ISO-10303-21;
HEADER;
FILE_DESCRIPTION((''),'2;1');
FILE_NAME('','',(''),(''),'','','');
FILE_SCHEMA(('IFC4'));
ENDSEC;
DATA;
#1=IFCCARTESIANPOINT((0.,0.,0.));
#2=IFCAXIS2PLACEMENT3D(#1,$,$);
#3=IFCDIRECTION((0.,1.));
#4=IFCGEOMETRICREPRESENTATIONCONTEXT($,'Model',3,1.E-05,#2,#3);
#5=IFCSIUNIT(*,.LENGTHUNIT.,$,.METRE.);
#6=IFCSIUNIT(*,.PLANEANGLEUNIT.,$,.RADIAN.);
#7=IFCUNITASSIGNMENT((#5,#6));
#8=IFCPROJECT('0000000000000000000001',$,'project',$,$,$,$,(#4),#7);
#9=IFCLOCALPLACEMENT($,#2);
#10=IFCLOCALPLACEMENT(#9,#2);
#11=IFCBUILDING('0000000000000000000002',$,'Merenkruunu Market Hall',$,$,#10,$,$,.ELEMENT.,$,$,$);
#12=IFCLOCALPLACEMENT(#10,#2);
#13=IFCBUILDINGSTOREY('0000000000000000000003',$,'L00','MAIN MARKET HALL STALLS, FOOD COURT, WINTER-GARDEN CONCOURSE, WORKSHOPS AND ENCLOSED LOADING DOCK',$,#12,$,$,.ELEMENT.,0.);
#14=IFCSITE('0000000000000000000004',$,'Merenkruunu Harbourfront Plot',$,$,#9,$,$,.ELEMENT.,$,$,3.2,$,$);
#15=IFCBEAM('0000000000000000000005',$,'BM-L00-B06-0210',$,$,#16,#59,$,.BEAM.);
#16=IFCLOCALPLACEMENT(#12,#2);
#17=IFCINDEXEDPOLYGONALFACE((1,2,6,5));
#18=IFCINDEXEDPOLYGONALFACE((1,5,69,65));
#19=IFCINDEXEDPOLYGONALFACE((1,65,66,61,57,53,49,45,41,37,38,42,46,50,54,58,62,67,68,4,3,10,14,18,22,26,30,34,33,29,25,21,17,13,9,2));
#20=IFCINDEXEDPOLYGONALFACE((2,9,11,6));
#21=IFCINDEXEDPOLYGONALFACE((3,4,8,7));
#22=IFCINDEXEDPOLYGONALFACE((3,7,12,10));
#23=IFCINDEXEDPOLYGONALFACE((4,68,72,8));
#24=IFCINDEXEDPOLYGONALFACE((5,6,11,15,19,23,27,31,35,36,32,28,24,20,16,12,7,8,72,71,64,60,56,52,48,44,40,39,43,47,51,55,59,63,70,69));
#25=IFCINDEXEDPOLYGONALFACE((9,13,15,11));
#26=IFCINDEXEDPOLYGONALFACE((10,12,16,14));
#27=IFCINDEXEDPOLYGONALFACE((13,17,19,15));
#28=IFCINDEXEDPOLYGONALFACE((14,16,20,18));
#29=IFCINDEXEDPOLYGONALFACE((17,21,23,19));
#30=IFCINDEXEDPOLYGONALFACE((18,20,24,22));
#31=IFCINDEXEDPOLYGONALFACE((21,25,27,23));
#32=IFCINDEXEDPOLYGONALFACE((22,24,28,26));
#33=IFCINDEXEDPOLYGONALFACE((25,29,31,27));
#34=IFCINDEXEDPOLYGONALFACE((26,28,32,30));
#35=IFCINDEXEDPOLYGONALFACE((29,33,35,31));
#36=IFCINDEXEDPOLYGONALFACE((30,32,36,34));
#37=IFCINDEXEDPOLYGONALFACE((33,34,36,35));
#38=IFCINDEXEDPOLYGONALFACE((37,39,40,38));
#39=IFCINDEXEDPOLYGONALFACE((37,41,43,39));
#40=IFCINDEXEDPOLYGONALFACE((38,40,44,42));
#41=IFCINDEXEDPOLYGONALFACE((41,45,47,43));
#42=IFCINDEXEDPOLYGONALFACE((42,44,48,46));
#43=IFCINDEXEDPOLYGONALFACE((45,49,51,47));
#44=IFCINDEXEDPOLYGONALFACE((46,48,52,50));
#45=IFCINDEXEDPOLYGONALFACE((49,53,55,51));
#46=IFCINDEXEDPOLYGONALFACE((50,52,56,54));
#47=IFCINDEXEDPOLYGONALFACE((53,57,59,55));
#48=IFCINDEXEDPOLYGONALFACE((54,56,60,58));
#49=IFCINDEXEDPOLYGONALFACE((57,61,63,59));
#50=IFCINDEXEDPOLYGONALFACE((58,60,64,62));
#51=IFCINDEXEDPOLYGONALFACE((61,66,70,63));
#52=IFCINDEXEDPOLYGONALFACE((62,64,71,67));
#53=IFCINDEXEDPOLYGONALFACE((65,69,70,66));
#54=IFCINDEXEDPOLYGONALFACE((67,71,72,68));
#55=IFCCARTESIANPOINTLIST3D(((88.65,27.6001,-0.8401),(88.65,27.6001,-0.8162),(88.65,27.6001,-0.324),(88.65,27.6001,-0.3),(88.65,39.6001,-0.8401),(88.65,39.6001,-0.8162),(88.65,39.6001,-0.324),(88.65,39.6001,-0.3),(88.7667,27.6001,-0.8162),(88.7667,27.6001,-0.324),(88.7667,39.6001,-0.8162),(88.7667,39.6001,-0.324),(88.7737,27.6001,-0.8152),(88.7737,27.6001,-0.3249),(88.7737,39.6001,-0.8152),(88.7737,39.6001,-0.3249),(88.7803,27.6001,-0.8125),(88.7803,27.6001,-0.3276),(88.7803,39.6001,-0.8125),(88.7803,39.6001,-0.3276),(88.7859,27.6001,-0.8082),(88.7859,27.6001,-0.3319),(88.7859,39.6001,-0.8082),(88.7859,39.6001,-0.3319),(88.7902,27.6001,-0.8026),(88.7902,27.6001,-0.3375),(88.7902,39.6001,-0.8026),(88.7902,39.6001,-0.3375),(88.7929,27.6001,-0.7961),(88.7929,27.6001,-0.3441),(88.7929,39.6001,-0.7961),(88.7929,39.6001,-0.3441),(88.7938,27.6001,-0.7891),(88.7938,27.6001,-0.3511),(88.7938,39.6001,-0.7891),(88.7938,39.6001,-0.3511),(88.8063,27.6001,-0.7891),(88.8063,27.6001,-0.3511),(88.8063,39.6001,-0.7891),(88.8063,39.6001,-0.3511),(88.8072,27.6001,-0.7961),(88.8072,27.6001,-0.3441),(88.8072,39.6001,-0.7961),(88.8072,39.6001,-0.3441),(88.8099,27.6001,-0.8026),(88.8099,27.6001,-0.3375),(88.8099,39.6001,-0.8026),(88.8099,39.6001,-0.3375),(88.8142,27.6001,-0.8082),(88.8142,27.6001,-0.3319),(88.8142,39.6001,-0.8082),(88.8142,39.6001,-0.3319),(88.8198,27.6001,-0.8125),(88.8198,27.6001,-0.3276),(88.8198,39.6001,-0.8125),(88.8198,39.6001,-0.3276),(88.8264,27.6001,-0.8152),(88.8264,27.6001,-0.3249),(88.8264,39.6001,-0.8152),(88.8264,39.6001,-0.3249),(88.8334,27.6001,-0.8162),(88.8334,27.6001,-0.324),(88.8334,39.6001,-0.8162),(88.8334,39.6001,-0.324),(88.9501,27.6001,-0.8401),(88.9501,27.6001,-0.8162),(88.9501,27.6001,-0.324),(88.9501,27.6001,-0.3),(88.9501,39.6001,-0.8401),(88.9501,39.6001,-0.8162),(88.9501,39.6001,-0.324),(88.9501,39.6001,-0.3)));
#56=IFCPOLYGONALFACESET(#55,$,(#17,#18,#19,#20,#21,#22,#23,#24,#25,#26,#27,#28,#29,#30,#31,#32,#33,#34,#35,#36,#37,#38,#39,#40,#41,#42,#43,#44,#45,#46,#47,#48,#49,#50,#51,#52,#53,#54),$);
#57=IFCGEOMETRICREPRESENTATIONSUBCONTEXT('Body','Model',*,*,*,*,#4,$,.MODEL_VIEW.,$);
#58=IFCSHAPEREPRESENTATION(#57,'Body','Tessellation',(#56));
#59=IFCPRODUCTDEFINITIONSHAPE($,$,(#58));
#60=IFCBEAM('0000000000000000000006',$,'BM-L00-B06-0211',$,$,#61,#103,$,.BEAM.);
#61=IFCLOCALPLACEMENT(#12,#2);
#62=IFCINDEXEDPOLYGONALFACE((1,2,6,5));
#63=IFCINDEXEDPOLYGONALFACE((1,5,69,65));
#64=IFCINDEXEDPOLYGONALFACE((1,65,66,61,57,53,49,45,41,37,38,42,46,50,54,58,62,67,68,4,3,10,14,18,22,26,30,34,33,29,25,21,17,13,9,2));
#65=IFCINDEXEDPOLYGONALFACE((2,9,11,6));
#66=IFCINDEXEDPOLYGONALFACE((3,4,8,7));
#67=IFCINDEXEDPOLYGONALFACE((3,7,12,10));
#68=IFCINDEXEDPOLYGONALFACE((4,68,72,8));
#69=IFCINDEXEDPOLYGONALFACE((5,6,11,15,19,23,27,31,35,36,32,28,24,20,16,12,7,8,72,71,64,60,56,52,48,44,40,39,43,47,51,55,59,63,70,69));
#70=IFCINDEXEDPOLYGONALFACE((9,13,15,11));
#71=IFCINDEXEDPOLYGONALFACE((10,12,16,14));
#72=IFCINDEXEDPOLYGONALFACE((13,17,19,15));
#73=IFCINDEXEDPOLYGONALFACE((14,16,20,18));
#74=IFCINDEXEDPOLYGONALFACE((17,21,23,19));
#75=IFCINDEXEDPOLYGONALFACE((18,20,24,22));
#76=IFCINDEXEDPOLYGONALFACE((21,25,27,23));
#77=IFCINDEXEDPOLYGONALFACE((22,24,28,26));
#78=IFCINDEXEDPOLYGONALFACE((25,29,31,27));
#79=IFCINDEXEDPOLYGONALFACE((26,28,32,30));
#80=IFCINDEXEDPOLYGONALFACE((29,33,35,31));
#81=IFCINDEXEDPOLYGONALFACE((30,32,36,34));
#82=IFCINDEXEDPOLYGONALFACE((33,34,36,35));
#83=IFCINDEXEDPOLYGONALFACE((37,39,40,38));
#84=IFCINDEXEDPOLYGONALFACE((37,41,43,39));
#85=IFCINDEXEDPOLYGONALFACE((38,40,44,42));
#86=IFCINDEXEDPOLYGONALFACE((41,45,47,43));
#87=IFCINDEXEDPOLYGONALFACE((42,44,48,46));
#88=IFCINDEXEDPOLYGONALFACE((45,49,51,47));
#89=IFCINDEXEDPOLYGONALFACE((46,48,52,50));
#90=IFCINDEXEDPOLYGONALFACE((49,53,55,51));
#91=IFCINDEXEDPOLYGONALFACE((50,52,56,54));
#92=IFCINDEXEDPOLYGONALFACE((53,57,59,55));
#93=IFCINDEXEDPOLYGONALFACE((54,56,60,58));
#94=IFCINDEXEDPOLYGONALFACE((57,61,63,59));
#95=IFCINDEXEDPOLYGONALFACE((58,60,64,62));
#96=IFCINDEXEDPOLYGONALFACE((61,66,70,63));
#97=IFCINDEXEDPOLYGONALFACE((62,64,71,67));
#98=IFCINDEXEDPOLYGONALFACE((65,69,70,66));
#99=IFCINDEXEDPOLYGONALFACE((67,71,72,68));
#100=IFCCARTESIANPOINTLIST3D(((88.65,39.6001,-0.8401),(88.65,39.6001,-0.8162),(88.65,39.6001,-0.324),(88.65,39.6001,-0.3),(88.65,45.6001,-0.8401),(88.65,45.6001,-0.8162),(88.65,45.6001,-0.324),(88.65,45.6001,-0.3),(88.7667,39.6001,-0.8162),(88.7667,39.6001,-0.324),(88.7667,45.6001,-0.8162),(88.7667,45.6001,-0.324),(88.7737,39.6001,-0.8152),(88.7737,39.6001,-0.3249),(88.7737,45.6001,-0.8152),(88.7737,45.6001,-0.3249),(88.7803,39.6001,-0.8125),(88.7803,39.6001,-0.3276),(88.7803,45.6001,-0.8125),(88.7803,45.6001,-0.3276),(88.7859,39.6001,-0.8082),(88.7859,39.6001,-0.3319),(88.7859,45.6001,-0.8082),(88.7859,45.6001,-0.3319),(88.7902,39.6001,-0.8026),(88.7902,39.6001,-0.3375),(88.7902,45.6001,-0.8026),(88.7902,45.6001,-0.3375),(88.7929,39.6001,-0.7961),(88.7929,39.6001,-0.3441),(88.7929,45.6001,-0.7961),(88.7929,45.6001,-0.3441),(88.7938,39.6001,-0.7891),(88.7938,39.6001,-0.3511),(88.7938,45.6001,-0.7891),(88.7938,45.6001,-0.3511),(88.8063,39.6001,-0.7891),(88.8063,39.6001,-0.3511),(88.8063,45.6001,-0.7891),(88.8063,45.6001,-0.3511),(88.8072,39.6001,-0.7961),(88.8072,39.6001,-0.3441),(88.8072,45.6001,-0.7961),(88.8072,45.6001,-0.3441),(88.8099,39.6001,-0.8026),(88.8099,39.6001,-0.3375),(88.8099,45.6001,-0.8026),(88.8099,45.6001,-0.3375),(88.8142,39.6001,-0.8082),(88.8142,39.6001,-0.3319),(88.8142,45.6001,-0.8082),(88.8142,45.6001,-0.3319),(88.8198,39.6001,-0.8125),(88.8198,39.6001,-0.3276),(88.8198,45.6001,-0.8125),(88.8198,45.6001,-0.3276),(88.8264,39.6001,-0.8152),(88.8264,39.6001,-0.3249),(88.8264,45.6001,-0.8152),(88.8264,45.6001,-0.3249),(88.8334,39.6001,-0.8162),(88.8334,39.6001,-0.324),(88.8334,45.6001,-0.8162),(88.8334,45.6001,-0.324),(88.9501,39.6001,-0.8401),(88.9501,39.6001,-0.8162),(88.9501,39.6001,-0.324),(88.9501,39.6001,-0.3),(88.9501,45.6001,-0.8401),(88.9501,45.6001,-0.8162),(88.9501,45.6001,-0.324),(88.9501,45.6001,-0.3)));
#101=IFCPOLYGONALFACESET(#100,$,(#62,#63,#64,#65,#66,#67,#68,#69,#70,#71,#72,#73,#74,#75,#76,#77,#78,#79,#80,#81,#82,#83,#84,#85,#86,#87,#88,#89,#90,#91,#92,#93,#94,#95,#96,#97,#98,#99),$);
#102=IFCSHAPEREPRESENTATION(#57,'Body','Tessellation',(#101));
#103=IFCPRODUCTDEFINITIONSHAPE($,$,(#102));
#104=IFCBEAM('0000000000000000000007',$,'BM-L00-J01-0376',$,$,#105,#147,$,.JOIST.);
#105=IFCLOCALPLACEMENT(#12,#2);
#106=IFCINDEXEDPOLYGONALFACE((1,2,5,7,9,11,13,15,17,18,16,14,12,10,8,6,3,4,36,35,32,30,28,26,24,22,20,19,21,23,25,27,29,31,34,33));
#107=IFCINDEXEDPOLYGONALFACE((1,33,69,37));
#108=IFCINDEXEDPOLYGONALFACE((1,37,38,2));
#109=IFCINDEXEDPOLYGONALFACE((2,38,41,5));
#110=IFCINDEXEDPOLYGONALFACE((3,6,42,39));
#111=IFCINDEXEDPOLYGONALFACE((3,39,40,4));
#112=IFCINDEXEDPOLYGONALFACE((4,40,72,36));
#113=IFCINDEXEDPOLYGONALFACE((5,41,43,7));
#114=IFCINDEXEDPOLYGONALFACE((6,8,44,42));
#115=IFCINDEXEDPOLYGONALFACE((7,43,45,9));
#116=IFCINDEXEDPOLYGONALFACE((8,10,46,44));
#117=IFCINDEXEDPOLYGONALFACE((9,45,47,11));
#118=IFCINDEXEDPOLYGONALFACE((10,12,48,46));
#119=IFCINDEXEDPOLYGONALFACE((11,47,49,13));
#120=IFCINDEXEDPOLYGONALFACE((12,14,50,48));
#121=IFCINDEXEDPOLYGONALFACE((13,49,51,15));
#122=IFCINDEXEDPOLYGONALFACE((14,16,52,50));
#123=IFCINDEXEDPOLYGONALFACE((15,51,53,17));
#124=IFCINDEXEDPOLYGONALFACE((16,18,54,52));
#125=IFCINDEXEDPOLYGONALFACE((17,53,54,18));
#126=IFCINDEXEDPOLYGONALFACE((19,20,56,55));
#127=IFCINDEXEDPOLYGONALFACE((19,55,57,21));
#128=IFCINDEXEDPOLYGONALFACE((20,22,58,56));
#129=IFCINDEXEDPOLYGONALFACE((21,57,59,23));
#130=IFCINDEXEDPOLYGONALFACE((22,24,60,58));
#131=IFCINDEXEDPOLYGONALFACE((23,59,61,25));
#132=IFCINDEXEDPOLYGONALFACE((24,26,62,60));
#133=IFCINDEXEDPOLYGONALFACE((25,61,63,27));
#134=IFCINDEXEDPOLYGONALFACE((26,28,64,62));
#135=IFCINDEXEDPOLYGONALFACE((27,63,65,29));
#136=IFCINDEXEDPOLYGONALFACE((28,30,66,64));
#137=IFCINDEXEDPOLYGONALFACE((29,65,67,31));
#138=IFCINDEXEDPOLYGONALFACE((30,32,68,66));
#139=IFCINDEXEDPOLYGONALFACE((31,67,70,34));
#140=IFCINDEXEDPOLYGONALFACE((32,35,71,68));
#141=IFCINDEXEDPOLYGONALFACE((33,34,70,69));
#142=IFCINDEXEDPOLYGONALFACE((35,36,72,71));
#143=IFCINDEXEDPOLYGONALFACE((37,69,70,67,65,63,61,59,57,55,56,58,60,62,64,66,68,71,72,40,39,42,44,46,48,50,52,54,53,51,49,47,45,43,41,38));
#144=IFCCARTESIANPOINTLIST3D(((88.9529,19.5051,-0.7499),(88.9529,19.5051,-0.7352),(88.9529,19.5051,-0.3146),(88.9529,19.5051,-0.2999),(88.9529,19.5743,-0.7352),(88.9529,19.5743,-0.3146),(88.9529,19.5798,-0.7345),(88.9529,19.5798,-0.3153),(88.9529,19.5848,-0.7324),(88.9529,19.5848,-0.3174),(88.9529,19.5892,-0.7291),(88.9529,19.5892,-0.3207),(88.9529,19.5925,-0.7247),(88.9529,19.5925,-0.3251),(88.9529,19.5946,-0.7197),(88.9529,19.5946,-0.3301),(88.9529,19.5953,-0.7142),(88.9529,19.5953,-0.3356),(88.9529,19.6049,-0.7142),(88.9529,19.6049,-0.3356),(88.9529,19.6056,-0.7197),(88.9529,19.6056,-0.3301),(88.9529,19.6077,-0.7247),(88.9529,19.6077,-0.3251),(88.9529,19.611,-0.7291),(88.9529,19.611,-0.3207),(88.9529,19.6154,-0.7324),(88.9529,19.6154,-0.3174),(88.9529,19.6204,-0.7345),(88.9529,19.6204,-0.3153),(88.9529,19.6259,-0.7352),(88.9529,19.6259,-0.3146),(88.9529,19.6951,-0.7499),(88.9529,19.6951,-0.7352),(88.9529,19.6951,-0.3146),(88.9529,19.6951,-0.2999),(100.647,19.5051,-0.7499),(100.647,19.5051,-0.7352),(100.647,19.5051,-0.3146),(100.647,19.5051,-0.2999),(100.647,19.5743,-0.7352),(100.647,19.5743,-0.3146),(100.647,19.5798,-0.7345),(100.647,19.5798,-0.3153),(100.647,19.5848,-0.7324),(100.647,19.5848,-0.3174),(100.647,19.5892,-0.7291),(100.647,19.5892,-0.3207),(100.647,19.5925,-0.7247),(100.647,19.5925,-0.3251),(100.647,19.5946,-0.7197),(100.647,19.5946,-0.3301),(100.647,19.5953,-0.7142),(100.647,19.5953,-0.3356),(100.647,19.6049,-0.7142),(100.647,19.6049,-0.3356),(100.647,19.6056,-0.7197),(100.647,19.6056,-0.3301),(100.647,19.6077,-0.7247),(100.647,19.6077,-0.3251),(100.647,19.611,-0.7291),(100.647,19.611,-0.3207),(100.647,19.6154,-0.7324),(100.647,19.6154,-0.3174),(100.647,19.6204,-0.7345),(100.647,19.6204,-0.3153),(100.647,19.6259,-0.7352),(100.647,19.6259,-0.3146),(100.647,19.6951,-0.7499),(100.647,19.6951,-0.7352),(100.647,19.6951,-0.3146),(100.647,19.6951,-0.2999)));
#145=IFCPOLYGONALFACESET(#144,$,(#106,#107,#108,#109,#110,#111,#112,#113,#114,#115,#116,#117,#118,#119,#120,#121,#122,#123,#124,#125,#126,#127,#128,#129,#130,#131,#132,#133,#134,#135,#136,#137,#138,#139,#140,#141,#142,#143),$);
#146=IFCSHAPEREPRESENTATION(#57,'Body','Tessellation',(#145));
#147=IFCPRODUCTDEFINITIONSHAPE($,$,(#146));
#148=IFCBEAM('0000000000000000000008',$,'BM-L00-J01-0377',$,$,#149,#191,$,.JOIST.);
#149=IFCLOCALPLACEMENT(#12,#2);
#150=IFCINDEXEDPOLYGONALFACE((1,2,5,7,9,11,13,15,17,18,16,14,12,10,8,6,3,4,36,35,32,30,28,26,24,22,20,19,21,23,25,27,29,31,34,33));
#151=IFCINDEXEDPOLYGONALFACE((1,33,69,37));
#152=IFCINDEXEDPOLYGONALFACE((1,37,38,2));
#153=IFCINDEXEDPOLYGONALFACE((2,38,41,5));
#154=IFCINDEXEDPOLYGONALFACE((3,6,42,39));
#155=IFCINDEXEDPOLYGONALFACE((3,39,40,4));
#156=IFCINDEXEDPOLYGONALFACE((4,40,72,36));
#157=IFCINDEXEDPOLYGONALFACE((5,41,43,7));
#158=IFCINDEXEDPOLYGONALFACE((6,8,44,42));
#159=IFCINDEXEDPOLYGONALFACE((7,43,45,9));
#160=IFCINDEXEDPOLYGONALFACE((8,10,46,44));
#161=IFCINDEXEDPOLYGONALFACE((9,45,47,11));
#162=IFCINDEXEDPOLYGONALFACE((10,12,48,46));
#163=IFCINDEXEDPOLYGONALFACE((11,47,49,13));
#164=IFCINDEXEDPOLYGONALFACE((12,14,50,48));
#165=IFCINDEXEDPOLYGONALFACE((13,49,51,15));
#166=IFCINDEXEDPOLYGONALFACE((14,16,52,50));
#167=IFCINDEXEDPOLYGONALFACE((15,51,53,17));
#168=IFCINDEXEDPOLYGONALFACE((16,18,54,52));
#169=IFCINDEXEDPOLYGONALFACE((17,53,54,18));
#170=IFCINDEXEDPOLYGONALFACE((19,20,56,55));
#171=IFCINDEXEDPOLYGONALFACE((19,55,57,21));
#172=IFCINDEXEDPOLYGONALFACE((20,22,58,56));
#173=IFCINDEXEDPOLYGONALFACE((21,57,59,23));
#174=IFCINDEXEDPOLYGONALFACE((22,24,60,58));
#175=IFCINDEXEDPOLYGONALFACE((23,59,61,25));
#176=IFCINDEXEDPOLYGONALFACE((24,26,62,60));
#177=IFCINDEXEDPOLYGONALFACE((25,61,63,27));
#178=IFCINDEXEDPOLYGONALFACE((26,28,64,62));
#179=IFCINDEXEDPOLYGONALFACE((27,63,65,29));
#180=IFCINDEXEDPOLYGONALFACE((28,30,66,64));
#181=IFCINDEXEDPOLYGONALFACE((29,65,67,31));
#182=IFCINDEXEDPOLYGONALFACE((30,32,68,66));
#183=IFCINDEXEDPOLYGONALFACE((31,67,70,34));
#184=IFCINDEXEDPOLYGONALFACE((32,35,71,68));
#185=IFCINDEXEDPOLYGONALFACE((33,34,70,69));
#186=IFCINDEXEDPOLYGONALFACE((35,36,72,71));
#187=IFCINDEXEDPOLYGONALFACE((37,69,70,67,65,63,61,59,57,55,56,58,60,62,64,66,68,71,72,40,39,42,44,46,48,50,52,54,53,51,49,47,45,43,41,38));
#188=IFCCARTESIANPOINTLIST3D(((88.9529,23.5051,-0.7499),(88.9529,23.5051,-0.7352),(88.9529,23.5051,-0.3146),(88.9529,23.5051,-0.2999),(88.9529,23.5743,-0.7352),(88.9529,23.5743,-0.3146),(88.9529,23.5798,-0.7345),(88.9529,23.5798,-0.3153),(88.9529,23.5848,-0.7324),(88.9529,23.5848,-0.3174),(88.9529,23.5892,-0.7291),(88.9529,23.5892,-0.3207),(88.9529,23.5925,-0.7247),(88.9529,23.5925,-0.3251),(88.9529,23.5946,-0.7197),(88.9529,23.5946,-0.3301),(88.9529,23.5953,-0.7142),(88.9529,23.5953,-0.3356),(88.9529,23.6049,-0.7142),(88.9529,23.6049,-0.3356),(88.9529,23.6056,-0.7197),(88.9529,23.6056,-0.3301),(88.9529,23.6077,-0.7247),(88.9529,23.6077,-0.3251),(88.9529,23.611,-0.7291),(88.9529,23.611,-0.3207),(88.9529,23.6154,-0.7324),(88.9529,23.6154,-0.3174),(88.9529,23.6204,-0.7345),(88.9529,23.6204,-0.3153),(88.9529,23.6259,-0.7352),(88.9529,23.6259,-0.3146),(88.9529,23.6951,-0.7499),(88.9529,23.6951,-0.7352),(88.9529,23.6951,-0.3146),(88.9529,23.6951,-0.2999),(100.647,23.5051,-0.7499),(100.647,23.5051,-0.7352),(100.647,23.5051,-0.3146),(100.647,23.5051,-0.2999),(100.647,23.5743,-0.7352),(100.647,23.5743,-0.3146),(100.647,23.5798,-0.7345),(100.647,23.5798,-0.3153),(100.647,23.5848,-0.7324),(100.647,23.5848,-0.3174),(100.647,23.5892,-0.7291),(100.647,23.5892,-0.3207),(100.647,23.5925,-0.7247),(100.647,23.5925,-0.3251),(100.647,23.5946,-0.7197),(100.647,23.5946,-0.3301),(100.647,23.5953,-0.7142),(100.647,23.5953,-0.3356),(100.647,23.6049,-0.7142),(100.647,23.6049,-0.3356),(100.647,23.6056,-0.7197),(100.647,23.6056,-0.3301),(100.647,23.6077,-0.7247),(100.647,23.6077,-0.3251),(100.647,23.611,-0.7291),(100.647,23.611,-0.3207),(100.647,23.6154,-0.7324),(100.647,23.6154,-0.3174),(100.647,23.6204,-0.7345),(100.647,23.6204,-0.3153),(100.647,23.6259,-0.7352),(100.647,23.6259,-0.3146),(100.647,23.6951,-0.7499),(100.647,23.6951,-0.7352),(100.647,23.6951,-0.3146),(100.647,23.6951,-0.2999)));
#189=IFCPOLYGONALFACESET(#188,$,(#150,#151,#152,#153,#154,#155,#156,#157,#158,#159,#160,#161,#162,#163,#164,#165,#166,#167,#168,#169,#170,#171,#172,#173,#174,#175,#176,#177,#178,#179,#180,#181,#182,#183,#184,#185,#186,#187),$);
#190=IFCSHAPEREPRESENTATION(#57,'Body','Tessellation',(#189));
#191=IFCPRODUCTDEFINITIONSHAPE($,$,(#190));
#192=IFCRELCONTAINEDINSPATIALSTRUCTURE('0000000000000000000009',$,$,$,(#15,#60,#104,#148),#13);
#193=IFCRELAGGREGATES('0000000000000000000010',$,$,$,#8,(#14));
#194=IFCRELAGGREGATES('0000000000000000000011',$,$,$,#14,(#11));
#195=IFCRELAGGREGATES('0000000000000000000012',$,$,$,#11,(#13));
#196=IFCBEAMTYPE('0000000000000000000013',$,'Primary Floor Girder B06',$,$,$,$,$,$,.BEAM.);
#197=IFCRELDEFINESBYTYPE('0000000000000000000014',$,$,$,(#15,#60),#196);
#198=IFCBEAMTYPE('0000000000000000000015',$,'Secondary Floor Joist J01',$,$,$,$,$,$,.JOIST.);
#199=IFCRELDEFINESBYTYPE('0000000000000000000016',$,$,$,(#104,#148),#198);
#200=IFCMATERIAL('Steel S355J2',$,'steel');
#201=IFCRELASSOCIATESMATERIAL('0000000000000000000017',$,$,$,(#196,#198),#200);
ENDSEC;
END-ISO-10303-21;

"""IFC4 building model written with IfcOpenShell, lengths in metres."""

from ifc_helpers import new_model, si_unit, direction, frame, origin, origin_2d, place, context, subcontext, project, spatial, i_section, extrude, material, material_profile, profile_set, type_object, element, save


model = new_model("IFC4")

# Units and contexts
model_context = context("Model", 3, precision=1e-05, world=origin(), true_north=direction((0.0, 1.0)))
body_context = subcontext(model_context, "Body", "Model", "MODEL_VIEW")
ifc_project = project(units=[si_unit("LENGTHUNIT", "METRE"), si_unit("PLANEANGLEUNIT", "RADIAN")], contexts=[model_context])

# Site, building, storey
site_placement = place(None, origin())
site = spatial("IfcSite", under=ifc_project, at=site_placement, Name="Merenkruunu Harbourfront Plot", CompositionType="ELEMENT", RefElevation=3.2)
building_placement = place(site_placement, origin())
building = spatial("IfcBuilding", under=site, at=building_placement, Name="Merenkruunu Market Hall", CompositionType="ELEMENT")
storey_placement = place(building_placement, origin())
storey = spatial("IfcBuildingStorey", under=building, at=storey_placement, Name="L00", Description="MAIN MARKET HALL STALLS, FOOD COURT, WINTER-GARDEN CONCOURSE, WORKSHOPS AND ENCLOSED LOADING DOCK", CompositionType="ELEMENT", Elevation=0.0)

# Shared definitions
ifc_material_1 = material(Name="Steel S355J2", Category="steel")

# Beams
ifc_material_profile_1 = material_profile(ifc_material_1, i_section(OverallWidth=0.3, OverallDepth=0.54, WebThickness=0.0125, FlangeThickness=0.0239, FilletRadius=0.0271, at=origin_2d()), Name="HEA 550")
ifc_profile_set_1 = profile_set([ifc_material_profile_1], Name="Steel S355J2")
beam_type_1 = type_object("IfcBeamType", Name="Primary Floor Girder B06", PredefinedType="BEAM", material=ifc_profile_set_1)
beam_1_placement = place(storey_placement, frame((88.8, 27.6001, -0.5701), z_axis=(0.0, 1.0, 0.0), x_axis=(-1.0, 0.0, 0.0)))
element("IfcBeam", 1, at=beam_1_placement, inside=storey, type_object=beam_type_1, Name="BM-L00-B06-0210", PredefinedType="BEAM", context=body_context, shape_type="SweptSolid", body=[
    extrude(i_section(OverallWidth=0.3, OverallDepth=0.54, WebThickness=0.0125, FlangeThickness=0.0239, FilletRadius=0.0271, at=origin_2d()), origin(), (0.0, 0.0, 1.0), 12.0),
])
beam_2_placement = place(storey_placement, frame((88.8, 39.6001, -0.5701), z_axis=(0.0, 1.0, 0.0), x_axis=(-1.0, 0.0, 0.0)))
element("IfcBeam", 2, at=beam_2_placement, inside=storey, type_object=beam_type_1, Name="BM-L00-B06-0211", PredefinedType="BEAM", context=body_context, shape_type="SweptSolid", body=[
    extrude(i_section(OverallWidth=0.3, OverallDepth=0.54, WebThickness=0.0125, FlangeThickness=0.0239, FilletRadius=0.0271, at=origin_2d()), origin(), (0.0, 0.0, 1.0), 6.0),
])
ifc_material_profile_2 = material_profile(ifc_material_1, i_section(OverallWidth=0.1899, OverallDepth=0.45, WebThickness=0.0095, FlangeThickness=0.0146, FilletRadius=0.021, at=origin_2d()), Name="IPE 450")
ifc_profile_set_2 = profile_set([ifc_material_profile_2], Name="Steel S355J2")
beam_type_2 = type_object("IfcBeamType", Name="Secondary Floor Joist J01", PredefinedType="JOIST", material=ifc_profile_set_2)
for number, where, z_axis, x_axis, name in (
    (3, (88.9529, 19.6001, -0.5249), (1.0, 0.0, 0.0), (0.0, 1.0, 0.0), "BM-L00-J01-0376"),
    (4, (88.9529, 23.6001, -0.5249), (1.0, 0.0, 0.0), (0.0, 1.0, 0.0), "BM-L00-J01-0377"),
):
    element("IfcBeam", number, at=place(storey_placement, frame(where, z_axis=z_axis, x_axis=x_axis)), inside=storey, type_object=beam_type_2, Name=name, PredefinedType="JOIST", context=body_context, shape_type="SweptSolid", body=[
        extrude(i_section(OverallWidth=0.1899, OverallDepth=0.45, WebThickness=0.0095, FlangeThickness=0.0146, FilletRadius=0.021, at=origin_2d()), origin(), (0.0, 0.0, 1.0), 11.6941),
    ])

save(model, "model.ifc")
